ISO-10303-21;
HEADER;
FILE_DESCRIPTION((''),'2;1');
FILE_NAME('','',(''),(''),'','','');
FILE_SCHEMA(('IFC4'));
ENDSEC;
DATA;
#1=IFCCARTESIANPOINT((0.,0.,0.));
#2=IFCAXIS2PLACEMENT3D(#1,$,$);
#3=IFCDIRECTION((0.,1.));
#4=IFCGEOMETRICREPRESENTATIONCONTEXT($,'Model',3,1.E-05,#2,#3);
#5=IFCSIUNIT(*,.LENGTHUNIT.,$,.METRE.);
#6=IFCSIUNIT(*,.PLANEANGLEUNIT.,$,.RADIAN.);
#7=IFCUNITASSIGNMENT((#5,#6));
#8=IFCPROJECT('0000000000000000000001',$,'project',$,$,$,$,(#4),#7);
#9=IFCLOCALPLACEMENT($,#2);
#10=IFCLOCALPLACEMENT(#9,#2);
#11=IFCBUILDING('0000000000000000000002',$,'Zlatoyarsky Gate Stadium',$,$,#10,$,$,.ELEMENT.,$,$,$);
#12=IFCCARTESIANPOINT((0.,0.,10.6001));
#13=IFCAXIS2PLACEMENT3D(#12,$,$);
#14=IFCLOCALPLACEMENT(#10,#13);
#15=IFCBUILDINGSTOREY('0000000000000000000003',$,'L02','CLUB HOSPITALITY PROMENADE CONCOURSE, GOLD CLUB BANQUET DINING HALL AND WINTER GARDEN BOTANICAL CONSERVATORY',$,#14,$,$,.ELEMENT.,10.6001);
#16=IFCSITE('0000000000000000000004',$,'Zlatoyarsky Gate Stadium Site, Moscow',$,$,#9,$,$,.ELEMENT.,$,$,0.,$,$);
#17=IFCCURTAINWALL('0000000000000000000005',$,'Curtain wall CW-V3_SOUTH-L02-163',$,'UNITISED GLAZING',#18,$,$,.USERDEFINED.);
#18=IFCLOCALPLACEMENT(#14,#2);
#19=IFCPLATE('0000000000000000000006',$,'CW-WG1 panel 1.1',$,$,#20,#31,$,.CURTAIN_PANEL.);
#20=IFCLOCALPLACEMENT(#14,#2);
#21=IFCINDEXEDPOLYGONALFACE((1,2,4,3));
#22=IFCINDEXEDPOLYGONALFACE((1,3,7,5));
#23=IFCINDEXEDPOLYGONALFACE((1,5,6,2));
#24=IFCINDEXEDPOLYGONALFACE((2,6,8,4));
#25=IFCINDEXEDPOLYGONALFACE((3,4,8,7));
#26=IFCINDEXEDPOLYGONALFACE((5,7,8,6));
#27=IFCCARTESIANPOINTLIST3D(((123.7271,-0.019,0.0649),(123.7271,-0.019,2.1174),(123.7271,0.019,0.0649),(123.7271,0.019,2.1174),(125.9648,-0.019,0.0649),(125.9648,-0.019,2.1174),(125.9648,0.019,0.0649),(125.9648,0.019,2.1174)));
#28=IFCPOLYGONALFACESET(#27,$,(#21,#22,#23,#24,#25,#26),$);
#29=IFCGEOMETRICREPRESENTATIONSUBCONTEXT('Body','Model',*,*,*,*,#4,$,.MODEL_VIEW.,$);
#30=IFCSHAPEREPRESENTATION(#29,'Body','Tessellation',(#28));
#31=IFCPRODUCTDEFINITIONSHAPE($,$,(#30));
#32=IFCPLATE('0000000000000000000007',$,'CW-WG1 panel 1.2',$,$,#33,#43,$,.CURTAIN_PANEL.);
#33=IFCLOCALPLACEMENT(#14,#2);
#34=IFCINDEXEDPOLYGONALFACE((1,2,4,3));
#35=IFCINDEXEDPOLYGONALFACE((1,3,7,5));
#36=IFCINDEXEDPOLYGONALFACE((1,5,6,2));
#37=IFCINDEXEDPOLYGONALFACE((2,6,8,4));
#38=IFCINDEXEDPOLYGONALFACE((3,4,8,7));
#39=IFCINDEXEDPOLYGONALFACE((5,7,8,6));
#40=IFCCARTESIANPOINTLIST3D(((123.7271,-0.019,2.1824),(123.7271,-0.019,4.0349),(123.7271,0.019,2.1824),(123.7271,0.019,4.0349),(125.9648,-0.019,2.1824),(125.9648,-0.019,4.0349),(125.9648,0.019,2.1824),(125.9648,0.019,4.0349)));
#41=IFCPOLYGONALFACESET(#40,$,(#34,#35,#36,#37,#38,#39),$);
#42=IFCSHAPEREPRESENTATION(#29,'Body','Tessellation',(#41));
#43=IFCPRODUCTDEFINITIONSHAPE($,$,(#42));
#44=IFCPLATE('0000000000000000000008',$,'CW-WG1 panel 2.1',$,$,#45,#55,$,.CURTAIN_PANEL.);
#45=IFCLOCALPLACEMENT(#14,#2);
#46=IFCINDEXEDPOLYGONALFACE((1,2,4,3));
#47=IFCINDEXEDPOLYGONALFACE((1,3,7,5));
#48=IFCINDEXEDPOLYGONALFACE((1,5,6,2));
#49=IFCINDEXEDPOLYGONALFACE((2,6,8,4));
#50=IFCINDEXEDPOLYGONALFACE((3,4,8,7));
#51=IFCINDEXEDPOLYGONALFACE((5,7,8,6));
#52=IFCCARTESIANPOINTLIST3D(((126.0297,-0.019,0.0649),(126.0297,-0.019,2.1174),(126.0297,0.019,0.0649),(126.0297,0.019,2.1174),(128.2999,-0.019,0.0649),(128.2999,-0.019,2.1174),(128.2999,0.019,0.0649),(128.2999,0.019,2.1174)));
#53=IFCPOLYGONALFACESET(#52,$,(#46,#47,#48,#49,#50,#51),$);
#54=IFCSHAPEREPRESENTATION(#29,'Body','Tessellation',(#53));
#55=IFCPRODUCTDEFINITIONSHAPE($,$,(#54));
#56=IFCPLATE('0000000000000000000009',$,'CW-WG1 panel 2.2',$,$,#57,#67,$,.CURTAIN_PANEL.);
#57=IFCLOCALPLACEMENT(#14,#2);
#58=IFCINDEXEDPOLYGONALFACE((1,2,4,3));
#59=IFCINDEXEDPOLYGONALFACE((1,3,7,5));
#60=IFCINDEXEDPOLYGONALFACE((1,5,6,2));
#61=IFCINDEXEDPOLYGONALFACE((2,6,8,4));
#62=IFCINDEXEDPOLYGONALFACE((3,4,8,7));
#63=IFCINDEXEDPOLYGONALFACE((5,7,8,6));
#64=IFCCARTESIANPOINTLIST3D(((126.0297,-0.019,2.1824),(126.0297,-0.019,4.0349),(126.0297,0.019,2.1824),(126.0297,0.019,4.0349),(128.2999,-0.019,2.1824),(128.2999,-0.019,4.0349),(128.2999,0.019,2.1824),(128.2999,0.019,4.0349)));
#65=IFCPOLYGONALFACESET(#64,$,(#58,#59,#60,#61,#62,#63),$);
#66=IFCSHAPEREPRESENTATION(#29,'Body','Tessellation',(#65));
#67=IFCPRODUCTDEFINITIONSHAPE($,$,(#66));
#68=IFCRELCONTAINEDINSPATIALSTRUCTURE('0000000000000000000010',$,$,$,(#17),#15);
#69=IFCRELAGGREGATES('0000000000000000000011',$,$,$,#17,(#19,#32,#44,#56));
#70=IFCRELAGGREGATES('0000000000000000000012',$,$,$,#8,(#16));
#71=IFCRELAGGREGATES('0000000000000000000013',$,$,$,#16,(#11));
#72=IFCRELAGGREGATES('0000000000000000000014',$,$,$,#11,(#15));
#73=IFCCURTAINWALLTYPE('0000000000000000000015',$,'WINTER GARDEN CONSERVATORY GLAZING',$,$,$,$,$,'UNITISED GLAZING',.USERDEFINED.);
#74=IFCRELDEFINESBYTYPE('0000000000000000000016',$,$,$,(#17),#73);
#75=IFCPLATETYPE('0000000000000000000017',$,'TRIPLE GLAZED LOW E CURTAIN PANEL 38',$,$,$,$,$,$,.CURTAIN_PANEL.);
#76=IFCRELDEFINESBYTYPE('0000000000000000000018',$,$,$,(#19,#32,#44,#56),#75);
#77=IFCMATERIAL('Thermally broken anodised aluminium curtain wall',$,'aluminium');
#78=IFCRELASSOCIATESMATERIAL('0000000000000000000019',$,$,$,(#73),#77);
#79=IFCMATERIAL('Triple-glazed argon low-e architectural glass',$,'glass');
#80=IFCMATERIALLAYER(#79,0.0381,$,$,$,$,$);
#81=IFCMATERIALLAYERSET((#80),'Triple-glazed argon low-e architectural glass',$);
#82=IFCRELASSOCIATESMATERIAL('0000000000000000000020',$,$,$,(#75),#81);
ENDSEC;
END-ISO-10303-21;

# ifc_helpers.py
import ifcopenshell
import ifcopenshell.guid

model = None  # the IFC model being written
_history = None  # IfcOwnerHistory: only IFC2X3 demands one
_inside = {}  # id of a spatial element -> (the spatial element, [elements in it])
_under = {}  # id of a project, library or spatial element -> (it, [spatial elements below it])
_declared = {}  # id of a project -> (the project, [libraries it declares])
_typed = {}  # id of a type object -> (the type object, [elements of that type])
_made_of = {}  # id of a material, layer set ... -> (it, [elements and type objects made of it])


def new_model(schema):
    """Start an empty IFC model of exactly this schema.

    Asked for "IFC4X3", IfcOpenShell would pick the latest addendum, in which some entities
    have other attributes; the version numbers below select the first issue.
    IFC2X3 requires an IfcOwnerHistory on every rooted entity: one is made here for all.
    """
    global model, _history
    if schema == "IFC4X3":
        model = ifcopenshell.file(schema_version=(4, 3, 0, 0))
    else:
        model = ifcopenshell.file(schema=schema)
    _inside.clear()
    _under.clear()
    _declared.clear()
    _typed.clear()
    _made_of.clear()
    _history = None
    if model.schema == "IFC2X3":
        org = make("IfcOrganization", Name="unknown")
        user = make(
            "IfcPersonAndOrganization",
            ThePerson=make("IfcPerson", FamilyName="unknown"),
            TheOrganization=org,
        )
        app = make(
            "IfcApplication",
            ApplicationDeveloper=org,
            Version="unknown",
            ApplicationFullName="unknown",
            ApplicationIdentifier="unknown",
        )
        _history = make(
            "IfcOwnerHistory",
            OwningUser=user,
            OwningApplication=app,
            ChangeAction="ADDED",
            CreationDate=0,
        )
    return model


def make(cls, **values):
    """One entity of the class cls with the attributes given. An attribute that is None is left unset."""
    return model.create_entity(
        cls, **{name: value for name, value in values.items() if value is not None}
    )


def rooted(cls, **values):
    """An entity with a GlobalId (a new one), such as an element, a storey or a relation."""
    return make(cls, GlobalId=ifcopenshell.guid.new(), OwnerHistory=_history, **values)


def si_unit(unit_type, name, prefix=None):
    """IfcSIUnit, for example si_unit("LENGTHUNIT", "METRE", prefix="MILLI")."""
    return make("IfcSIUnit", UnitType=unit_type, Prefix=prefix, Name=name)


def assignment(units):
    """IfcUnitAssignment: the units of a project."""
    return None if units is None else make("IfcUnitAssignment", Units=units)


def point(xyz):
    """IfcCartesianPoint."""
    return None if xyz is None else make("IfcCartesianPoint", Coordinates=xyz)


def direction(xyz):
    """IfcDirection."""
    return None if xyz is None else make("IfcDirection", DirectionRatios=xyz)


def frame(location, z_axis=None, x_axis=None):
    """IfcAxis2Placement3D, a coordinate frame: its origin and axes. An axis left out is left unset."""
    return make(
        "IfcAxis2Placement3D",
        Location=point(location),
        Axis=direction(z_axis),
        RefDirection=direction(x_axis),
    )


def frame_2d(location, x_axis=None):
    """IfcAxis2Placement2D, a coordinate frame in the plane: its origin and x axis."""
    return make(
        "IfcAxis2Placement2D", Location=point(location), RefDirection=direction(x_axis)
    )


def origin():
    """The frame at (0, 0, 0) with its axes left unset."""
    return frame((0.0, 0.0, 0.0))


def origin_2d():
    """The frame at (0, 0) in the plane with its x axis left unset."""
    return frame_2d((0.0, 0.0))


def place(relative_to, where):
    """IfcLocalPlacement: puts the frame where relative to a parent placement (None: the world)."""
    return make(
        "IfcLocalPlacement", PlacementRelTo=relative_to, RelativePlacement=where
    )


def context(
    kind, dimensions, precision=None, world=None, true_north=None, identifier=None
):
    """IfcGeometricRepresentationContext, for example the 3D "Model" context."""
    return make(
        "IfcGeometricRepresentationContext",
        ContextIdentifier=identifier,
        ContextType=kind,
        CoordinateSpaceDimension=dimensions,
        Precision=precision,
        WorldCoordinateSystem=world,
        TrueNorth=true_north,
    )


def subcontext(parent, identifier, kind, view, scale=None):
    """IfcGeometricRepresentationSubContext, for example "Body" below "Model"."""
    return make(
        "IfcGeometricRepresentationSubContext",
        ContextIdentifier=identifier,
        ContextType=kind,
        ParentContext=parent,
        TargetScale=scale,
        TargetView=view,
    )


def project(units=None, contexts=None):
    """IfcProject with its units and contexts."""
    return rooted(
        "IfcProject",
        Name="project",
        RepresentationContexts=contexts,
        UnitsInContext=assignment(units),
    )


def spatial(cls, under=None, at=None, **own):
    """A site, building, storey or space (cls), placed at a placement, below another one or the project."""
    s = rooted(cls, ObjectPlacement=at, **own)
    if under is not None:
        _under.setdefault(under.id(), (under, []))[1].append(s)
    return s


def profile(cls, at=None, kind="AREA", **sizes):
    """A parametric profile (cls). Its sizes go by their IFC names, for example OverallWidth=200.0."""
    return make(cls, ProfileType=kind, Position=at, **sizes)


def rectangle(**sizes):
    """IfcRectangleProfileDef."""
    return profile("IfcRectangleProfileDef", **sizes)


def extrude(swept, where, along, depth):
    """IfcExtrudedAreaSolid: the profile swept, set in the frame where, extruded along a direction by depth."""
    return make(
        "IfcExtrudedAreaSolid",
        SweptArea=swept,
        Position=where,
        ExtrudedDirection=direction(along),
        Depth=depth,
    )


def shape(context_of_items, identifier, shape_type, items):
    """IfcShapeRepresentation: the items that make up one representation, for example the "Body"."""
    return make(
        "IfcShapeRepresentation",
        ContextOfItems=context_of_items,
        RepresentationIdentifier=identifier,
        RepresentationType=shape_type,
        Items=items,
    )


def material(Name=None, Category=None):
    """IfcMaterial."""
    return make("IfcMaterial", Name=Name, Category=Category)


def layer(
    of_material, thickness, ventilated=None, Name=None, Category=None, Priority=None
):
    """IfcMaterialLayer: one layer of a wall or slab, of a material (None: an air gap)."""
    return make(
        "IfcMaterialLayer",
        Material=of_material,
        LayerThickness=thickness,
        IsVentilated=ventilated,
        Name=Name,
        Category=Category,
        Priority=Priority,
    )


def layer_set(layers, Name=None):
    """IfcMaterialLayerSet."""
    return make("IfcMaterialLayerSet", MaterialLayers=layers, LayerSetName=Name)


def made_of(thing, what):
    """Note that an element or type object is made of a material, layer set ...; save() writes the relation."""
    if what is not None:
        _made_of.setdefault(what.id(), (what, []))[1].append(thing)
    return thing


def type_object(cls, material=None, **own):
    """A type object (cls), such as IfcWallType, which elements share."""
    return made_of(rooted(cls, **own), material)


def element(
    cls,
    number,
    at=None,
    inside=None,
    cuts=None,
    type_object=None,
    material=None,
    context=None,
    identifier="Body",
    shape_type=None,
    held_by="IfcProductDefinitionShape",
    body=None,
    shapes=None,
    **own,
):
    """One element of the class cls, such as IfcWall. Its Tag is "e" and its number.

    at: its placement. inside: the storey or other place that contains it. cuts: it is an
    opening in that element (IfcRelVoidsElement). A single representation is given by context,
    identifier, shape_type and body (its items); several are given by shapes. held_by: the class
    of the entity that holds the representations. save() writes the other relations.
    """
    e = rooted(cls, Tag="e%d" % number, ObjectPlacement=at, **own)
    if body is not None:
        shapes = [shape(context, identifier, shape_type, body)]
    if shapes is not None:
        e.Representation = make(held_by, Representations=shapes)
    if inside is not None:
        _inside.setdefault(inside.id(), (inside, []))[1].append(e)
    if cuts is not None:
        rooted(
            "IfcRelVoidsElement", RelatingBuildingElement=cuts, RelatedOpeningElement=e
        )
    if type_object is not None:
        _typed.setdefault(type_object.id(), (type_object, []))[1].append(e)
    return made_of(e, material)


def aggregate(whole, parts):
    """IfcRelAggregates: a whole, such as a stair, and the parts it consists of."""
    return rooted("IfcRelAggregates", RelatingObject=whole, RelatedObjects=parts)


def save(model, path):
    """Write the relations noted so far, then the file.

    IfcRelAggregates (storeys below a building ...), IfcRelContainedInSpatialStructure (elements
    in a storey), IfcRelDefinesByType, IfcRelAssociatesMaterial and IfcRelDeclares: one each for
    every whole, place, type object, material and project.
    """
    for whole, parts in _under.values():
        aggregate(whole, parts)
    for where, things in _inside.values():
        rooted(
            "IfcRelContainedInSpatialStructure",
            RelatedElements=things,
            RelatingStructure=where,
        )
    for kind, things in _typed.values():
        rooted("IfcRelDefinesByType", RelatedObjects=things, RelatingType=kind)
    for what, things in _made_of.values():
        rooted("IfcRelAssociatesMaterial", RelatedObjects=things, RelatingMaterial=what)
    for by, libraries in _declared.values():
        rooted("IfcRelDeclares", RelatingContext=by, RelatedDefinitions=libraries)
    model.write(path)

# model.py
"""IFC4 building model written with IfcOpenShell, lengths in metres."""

from ifc_helpers import new_model, si_unit, direction, frame, origin, origin_2d, place, context, subcontext, project, spatial, rectangle, extrude, material, layer, layer_set, type_object, element, aggregate, save


model = new_model("IFC4")

# Units and contexts
model_context = context("Model", 3, precision=1e-05, world=origin(), true_north=direction((0.0, 1.0)))
body_context = subcontext(model_context, "Body", "Model", "MODEL_VIEW")
ifc_project = project(units=[si_unit("LENGTHUNIT", "METRE"), si_unit("PLANEANGLEUNIT", "RADIAN")], contexts=[model_context])

# Site, building, storey
site_placement = place(None, origin())
site = spatial("IfcSite", under=ifc_project, at=site_placement, Name="Zlatoyarsky Gate Stadium Site, Moscow", CompositionType="ELEMENT", RefElevation=0.0)
building_placement = place(site_placement, origin())
building = spatial("IfcBuilding", under=site, at=building_placement, Name="Zlatoyarsky Gate Stadium", CompositionType="ELEMENT")
storey_placement = place(building_placement, frame((0.0, 0.0, 10.6001)))
storey = spatial("IfcBuildingStorey", under=building, at=storey_placement, Name="L02", Description="CLUB HOSPITALITY PROMENADE CONCOURSE, GOLD CLUB BANQUET DINING HALL AND WINTER GARDEN BOTANICAL CONSERVATORY", CompositionType="ELEMENT", Elevation=10.6001)

# Curtain wall
ifc_material_1 = material(Name="Thermally broken anodised aluminium curtain wall", Category="aluminium")
curtain_wall_type_1 = type_object("IfcCurtainWallType", Name="WINTER GARDEN CONSERVATORY GLAZING", ElementType="UNITISED GLAZING", PredefinedType="USERDEFINED", material=ifc_material_1)
curtain_wall_1_placement = place(storey_placement, origin())
curtain_wall_1 = element("IfcCurtainWall", 1, at=curtain_wall_1_placement, inside=storey, type_object=curtain_wall_type_1, Name="Curtain wall CW-V3_SOUTH-L02-163", ObjectType="UNITISED GLAZING", PredefinedType="USERDEFINED")

# Plates
ifc_material_2 = material(Name="Triple-glazed argon low-e architectural glass", Category="glass")
ifc_layer_1 = layer(ifc_material_2, 0.0381)
ifc_layer_set_1 = layer_set([ifc_layer_1], Name="Triple-glazed argon low-e architectural glass")
plate_type_1 = type_object("IfcPlateType", Name="TRIPLE GLAZED LOW E CURTAIN PANEL 38", PredefinedType="CURTAIN_PANEL", material=ifc_layer_set_1)
plate_1_placement = place(storey_placement, frame((124.8459, 0.0, 0.0649), z_axis=(0.0, 0.0, 1.0), x_axis=(1.0, 0.0, 0.0)))
plate_1 = element("IfcPlate", 2, at=plate_1_placement, type_object=plate_type_1, Name="CW-WG1 panel 1.1", PredefinedType="CURTAIN_PANEL", context=body_context, shape_type="SweptSolid", body=[
    extrude(rectangle(XDim=2.2378, YDim=0.0381, at=origin_2d()), origin(), (0.0, 0.0, 1.0), 2.0525),
])
plate_2_placement = place(storey_placement, frame((124.8459, 0.0, 2.1824), z_axis=(0.0, 0.0, 1.0), x_axis=(1.0, 0.0, 0.0)))
plate_2 = element("IfcPlate", 3, at=plate_2_placement, type_object=plate_type_1, Name="CW-WG1 panel 1.2", PredefinedType="CURTAIN_PANEL", context=body_context, shape_type="SweptSolid", body=[
    extrude(rectangle(XDim=2.2378, YDim=0.0381, at=origin_2d()), origin(), (0.0, 0.0, 1.0), 1.8525),
])
plate_3_placement = place(storey_placement, frame((127.1648, 0.0, 0.0649), z_axis=(0.0, 0.0, 1.0), x_axis=(1.0, 0.0, 0.0)))
plate_3 = element("IfcPlate", 4, at=plate_3_placement, type_object=plate_type_1, Name="CW-WG1 panel 2.1", PredefinedType="CURTAIN_PANEL", context=body_context, shape_type="SweptSolid", body=[
    extrude(rectangle(XDim=2.2703, YDim=0.0381, at=origin_2d()), origin(), (0.0, 0.0, 1.0), 2.0525),
])
plate_4_placement = place(storey_placement, frame((127.1648, 0.0, 2.1824), z_axis=(0.0, 0.0, 1.0), x_axis=(1.0, 0.0, 0.0)))
plate_4 = element("IfcPlate", 5, at=plate_4_placement, type_object=plate_type_1, Name="CW-WG1 panel 2.2", PredefinedType="CURTAIN_PANEL", context=body_context, shape_type="SweptSolid", body=[
    extrude(rectangle(XDim=2.2703, YDim=0.0381, at=origin_2d()), origin(), (0.0, 0.0, 1.0), 1.8525),
])
aggregate(curtain_wall_1, [plate_1, plate_2, plate_3, plate_4])

save(model, "model.ifc")
